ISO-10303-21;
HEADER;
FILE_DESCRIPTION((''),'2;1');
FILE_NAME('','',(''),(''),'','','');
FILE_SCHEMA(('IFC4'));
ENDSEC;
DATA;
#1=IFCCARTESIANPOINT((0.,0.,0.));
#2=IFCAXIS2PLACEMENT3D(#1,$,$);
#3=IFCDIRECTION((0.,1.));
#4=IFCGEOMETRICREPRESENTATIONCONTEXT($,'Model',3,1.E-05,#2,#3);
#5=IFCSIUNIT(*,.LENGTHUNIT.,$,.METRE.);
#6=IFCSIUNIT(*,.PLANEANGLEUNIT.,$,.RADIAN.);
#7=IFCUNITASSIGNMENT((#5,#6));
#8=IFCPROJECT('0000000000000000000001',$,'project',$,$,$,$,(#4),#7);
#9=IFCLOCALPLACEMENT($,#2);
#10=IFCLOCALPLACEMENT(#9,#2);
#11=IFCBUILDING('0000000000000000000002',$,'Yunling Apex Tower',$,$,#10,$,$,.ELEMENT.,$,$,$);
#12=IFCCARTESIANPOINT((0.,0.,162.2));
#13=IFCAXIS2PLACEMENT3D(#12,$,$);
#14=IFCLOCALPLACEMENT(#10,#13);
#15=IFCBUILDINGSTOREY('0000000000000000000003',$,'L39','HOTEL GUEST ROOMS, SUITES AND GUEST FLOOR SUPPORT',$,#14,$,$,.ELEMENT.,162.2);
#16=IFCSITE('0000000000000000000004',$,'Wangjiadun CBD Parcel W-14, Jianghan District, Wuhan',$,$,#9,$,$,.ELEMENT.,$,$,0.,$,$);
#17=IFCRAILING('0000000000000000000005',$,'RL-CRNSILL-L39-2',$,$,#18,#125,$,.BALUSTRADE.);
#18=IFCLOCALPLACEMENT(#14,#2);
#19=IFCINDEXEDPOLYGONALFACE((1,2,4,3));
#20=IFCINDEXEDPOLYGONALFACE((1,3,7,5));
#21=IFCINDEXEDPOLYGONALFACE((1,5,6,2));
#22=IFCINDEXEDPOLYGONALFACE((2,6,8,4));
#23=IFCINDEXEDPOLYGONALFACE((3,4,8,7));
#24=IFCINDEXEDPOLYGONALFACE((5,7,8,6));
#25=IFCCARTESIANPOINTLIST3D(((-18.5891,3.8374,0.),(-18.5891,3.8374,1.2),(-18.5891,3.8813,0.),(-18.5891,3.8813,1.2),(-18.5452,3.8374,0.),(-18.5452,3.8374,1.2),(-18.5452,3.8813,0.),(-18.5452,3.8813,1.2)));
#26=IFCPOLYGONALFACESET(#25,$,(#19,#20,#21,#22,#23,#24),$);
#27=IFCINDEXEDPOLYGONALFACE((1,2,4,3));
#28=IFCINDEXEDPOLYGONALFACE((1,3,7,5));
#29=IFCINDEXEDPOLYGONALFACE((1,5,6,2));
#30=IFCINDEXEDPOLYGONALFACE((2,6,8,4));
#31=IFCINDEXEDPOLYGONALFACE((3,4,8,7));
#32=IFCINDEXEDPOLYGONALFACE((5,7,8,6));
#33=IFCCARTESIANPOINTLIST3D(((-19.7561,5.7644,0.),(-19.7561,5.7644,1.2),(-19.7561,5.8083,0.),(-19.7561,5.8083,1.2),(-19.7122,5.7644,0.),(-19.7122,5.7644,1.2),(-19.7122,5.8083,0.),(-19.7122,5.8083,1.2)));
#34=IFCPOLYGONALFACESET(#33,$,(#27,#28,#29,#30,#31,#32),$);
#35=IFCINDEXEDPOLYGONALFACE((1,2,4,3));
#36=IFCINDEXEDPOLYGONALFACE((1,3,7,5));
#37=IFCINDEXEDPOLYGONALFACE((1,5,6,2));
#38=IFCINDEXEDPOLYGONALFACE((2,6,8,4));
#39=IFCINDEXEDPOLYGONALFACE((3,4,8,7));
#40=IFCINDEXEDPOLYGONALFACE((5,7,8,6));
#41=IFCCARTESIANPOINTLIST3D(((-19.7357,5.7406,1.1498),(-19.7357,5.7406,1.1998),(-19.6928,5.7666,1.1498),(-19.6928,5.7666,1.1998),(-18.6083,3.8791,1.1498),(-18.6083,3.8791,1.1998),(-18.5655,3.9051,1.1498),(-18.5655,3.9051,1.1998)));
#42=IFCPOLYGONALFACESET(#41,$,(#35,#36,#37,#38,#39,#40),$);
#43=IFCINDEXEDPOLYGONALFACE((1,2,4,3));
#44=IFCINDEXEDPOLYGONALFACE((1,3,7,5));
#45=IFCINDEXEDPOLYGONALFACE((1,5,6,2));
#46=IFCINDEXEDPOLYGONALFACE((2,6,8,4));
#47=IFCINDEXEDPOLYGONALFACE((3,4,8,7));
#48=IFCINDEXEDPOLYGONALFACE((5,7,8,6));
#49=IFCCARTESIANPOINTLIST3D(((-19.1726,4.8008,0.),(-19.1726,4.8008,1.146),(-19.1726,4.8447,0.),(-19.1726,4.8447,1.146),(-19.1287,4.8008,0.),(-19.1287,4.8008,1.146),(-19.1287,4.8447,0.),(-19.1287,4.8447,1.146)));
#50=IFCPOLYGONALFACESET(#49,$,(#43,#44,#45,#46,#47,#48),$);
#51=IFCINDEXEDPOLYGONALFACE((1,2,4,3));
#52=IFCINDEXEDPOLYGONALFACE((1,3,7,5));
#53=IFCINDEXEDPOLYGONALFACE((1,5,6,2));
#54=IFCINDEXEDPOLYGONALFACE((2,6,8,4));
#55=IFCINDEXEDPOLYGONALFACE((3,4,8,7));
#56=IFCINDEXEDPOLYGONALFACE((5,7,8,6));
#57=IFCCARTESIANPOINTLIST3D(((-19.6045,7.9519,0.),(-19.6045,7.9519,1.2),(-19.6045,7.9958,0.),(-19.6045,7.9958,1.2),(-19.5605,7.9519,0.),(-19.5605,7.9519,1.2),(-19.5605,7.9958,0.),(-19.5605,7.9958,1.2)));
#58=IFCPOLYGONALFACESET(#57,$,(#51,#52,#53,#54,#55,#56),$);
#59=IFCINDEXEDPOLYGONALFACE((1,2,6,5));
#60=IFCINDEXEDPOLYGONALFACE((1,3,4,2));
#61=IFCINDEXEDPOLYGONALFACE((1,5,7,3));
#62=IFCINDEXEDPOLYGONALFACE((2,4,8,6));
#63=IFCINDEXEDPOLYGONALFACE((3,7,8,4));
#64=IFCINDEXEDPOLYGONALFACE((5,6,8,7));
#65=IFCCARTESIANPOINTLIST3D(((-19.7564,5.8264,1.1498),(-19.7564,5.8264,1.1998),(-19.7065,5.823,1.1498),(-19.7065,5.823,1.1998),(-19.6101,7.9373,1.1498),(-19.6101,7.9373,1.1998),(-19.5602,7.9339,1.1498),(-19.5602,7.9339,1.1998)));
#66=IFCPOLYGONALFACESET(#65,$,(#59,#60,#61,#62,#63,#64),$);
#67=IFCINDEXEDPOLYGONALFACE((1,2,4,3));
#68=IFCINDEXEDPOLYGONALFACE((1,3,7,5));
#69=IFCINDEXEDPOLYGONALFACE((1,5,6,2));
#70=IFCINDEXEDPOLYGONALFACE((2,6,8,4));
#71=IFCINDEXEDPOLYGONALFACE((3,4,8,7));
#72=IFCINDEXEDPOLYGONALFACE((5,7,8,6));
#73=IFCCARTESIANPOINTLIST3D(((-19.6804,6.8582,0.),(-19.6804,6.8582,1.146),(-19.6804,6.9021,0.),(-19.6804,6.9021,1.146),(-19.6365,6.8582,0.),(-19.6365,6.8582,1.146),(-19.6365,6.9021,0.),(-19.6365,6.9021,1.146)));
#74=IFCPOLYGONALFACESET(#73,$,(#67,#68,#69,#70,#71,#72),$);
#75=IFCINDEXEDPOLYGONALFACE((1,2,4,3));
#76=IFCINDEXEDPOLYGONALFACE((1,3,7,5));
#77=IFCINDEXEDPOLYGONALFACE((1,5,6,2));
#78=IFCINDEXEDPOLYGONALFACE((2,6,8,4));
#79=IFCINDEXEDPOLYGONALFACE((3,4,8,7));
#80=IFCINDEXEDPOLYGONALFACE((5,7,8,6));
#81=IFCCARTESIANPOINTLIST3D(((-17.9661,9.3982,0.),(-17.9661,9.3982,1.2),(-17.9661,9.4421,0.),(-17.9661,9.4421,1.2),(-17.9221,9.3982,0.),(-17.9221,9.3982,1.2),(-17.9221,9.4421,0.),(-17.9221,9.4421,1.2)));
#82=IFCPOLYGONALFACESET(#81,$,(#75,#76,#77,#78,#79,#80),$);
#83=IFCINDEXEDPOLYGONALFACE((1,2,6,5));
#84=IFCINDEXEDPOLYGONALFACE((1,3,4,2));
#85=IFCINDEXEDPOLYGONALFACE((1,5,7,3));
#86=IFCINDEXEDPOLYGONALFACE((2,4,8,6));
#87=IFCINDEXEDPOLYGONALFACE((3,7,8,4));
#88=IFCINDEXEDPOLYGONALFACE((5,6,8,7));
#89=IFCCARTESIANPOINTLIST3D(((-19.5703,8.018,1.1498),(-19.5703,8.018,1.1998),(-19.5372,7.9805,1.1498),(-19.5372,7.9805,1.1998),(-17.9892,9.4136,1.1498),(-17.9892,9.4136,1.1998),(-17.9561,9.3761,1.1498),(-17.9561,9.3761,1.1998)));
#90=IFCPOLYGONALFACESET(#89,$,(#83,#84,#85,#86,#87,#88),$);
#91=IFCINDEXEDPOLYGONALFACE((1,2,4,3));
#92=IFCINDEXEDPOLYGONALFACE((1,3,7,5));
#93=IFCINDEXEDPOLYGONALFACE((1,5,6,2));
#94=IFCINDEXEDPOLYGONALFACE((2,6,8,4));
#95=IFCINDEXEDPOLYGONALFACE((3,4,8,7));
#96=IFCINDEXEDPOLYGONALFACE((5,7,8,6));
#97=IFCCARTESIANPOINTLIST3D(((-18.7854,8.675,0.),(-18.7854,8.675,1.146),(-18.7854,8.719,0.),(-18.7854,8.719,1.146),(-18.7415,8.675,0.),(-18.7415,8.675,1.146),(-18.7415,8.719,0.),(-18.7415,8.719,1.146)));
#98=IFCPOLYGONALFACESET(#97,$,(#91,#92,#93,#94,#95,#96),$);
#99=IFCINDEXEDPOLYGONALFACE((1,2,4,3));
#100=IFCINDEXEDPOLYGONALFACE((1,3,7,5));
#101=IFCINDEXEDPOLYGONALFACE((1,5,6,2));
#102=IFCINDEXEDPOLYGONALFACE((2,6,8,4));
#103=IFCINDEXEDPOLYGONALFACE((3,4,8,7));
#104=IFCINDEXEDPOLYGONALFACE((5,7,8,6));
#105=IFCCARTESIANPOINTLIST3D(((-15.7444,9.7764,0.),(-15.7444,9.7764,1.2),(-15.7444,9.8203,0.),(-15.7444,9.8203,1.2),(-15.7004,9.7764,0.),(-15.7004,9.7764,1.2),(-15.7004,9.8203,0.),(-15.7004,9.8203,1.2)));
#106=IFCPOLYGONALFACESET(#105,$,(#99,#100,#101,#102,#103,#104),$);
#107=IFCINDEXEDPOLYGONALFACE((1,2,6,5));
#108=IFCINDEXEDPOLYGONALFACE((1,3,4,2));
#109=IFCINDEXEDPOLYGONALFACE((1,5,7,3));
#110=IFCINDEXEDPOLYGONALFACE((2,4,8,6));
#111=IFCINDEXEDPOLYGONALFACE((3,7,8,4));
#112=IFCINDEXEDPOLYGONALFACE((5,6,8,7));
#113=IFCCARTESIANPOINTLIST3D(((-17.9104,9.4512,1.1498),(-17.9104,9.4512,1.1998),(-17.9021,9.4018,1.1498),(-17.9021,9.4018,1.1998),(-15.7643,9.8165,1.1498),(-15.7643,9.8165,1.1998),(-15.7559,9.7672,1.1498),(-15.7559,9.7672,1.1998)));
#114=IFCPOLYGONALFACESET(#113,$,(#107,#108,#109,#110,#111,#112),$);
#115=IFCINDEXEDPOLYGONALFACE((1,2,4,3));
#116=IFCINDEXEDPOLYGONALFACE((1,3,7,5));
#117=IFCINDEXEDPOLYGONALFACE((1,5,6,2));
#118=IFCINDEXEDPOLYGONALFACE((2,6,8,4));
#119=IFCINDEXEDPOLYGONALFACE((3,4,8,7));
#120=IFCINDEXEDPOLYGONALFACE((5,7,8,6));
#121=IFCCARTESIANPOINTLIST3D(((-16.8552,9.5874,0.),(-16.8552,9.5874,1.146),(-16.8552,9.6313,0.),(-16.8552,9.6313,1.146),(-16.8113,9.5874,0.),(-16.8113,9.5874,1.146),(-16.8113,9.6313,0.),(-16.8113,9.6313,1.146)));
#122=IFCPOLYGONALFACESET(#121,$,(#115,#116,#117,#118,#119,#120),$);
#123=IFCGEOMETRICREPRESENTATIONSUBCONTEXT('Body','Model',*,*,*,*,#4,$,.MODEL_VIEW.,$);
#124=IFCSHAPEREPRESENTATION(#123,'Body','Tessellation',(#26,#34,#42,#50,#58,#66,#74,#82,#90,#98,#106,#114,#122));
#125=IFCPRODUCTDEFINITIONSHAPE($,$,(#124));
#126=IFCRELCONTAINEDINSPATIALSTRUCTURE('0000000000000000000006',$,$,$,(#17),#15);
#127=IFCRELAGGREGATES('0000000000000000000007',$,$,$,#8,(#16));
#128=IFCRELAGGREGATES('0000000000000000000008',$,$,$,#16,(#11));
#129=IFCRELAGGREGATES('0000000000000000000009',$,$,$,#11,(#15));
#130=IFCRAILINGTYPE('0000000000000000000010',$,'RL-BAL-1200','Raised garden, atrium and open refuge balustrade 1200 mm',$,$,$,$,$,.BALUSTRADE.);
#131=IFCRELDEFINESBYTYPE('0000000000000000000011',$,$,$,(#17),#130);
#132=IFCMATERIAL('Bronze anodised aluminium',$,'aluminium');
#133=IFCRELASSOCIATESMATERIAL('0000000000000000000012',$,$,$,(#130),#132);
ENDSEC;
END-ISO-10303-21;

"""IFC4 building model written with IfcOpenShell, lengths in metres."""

from ifc_helpers import new_model, si_unit, direction, frame, origin, origin_2d, place, context, subcontext, project, spatial, rectangle, extrude, material, type_object, element, save


model = new_model("IFC4")

# Units and contexts
model_context = context("Model", 3, precision=1e-05, world=origin(), true_north=direction((0.0, 1.0)))
body_context = subcontext(model_context, "Body", "Model", "MODEL_VIEW")
ifc_project = project(units=[si_unit("LENGTHUNIT", "METRE"), si_unit("PLANEANGLEUNIT", "RADIAN")], contexts=[model_context])

# Site, building, storey
site_placement = place(None, origin())
site = spatial("IfcSite", under=ifc_project, at=site_placement, Name="Wangjiadun CBD Parcel W-14, Jianghan District, Wuhan", CompositionType="ELEMENT", RefElevation=0.0)
building_placement = place(site_placement, origin())
building = spatial("IfcBuilding", under=site, at=building_placement, Name="Yunling Apex Tower", CompositionType="ELEMENT")
storey_placement = place(building_placement, frame((0.0, 0.0, 162.2)))
storey = spatial("IfcBuildingStorey", under=building, at=storey_placement, Name="L39", Description="HOTEL GUEST ROOMS, SUITES AND GUEST FLOOR SUPPORT", CompositionType="ELEMENT", Elevation=162.2)

# Shared definitions
ifc_material_1 = material(Name="Bronze anodised aluminium", Category="aluminium")

# Railing
railing_type = type_object("IfcRailingType", Name="RL-BAL-1200", Description="Raised garden, atrium and open refuge balustrade 1200 mm", PredefinedType="BALUSTRADE", material=ifc_material_1)
railing_placement = place(storey_placement, frame((-18.5671, 3.8594, 0.0)))
element("IfcRailing", 1, at=railing_placement, inside=storey, type_object=railing_type, Name="RL-CRNSILL-L39-2", PredefinedType="BALUSTRADE", context=body_context, shape_type="SweptSolid", body=[
    extrude(rectangle(XDim=0.0439, YDim=0.0439, at=origin_2d()), origin(), (0.0, 0.0, 1.0), 1.2),
    extrude(rectangle(XDim=0.0439, YDim=0.0439, at=origin_2d()), frame((-1.167, 1.927, 0.0)), (0.0, 0.0, 1.0), 1.2),
    extrude(rectangle(XDim=0.05, YDim=0.05, at=origin_2d()), frame((-0.0198, 0.0327, 1.1748), z_axis=(-0.518013, 0.855372, 0.0), x_axis=(-0.855372, -0.518013, 0.0)), (0.0, 0.0, 1.0), 2.1763),
    extrude(rectangle(XDim=0.0439, YDim=0.0439, at=origin_2d()), frame((-0.5835, 0.9634, 0.0)), (0.0, 0.0, 1.0), 1.146),
    extrude(rectangle(XDim=0.0439, YDim=0.0439, at=origin_2d()), frame((-1.0154, 4.1145, 0.0)), (0.0, 0.0, 1.0), 1.2),
    extrude(rectangle(XDim=0.05, YDim=0.05, at=origin_2d()), frame((-1.1643, 1.9653, 1.1748), z_axis=(0.069142, 0.997607, 0.0), x_axis=(-0.997607, 0.069142, 0.0)), (0.0, 0.0, 1.0), 2.116),
    extrude(rectangle(XDim=0.0439, YDim=0.0439, at=origin_2d()), frame((-1.0913, 3.0208, 0.0)), (0.0, 0.0, 1.0), 1.146),
    extrude(rectangle(XDim=0.0439, YDim=0.0439, at=origin_2d()), frame((0.623, 5.5608, 0.0)), (0.0, 0.0, 1.0), 1.2),
    extrude(rectangle(XDim=0.05, YDim=0.05, at=origin_2d()), frame((-0.9866, 4.1399, 1.1748), z_axis=(0.749698, 0.66178, 0.0), x_axis=(-0.66178, 0.749698, 0.0)), (0.0, 0.0, 1.0), 2.1089),
    extrude(rectangle(XDim=0.0439, YDim=0.0439, at=origin_2d()), frame((-0.1963, 4.8376, 0.0)), (0.0, 0.0, 1.0), 1.146),
    extrude(rectangle(XDim=0.0439, YDim=0.0439, at=origin_2d()), frame((2.8447, 5.939, 0.0)), (0.0, 0.0, 1.0), 1.2),
    extrude(rectangle(XDim=0.05, YDim=0.05, at=origin_2d()), frame((0.6609, 5.5671, 1.1748), z_axis=(0.98582, 0.167806, 0.0), x_axis=(-0.167806, 0.98582, 0.0)), (0.0, 0.0, 1.0), 2.177),
    extrude(rectangle(XDim=0.0439, YDim=0.0439, at=origin_2d()), frame((1.7339, 5.75, 0.0)), (0.0, 0.0, 1.0), 1.146),
])

save(model, "model.ifc")
